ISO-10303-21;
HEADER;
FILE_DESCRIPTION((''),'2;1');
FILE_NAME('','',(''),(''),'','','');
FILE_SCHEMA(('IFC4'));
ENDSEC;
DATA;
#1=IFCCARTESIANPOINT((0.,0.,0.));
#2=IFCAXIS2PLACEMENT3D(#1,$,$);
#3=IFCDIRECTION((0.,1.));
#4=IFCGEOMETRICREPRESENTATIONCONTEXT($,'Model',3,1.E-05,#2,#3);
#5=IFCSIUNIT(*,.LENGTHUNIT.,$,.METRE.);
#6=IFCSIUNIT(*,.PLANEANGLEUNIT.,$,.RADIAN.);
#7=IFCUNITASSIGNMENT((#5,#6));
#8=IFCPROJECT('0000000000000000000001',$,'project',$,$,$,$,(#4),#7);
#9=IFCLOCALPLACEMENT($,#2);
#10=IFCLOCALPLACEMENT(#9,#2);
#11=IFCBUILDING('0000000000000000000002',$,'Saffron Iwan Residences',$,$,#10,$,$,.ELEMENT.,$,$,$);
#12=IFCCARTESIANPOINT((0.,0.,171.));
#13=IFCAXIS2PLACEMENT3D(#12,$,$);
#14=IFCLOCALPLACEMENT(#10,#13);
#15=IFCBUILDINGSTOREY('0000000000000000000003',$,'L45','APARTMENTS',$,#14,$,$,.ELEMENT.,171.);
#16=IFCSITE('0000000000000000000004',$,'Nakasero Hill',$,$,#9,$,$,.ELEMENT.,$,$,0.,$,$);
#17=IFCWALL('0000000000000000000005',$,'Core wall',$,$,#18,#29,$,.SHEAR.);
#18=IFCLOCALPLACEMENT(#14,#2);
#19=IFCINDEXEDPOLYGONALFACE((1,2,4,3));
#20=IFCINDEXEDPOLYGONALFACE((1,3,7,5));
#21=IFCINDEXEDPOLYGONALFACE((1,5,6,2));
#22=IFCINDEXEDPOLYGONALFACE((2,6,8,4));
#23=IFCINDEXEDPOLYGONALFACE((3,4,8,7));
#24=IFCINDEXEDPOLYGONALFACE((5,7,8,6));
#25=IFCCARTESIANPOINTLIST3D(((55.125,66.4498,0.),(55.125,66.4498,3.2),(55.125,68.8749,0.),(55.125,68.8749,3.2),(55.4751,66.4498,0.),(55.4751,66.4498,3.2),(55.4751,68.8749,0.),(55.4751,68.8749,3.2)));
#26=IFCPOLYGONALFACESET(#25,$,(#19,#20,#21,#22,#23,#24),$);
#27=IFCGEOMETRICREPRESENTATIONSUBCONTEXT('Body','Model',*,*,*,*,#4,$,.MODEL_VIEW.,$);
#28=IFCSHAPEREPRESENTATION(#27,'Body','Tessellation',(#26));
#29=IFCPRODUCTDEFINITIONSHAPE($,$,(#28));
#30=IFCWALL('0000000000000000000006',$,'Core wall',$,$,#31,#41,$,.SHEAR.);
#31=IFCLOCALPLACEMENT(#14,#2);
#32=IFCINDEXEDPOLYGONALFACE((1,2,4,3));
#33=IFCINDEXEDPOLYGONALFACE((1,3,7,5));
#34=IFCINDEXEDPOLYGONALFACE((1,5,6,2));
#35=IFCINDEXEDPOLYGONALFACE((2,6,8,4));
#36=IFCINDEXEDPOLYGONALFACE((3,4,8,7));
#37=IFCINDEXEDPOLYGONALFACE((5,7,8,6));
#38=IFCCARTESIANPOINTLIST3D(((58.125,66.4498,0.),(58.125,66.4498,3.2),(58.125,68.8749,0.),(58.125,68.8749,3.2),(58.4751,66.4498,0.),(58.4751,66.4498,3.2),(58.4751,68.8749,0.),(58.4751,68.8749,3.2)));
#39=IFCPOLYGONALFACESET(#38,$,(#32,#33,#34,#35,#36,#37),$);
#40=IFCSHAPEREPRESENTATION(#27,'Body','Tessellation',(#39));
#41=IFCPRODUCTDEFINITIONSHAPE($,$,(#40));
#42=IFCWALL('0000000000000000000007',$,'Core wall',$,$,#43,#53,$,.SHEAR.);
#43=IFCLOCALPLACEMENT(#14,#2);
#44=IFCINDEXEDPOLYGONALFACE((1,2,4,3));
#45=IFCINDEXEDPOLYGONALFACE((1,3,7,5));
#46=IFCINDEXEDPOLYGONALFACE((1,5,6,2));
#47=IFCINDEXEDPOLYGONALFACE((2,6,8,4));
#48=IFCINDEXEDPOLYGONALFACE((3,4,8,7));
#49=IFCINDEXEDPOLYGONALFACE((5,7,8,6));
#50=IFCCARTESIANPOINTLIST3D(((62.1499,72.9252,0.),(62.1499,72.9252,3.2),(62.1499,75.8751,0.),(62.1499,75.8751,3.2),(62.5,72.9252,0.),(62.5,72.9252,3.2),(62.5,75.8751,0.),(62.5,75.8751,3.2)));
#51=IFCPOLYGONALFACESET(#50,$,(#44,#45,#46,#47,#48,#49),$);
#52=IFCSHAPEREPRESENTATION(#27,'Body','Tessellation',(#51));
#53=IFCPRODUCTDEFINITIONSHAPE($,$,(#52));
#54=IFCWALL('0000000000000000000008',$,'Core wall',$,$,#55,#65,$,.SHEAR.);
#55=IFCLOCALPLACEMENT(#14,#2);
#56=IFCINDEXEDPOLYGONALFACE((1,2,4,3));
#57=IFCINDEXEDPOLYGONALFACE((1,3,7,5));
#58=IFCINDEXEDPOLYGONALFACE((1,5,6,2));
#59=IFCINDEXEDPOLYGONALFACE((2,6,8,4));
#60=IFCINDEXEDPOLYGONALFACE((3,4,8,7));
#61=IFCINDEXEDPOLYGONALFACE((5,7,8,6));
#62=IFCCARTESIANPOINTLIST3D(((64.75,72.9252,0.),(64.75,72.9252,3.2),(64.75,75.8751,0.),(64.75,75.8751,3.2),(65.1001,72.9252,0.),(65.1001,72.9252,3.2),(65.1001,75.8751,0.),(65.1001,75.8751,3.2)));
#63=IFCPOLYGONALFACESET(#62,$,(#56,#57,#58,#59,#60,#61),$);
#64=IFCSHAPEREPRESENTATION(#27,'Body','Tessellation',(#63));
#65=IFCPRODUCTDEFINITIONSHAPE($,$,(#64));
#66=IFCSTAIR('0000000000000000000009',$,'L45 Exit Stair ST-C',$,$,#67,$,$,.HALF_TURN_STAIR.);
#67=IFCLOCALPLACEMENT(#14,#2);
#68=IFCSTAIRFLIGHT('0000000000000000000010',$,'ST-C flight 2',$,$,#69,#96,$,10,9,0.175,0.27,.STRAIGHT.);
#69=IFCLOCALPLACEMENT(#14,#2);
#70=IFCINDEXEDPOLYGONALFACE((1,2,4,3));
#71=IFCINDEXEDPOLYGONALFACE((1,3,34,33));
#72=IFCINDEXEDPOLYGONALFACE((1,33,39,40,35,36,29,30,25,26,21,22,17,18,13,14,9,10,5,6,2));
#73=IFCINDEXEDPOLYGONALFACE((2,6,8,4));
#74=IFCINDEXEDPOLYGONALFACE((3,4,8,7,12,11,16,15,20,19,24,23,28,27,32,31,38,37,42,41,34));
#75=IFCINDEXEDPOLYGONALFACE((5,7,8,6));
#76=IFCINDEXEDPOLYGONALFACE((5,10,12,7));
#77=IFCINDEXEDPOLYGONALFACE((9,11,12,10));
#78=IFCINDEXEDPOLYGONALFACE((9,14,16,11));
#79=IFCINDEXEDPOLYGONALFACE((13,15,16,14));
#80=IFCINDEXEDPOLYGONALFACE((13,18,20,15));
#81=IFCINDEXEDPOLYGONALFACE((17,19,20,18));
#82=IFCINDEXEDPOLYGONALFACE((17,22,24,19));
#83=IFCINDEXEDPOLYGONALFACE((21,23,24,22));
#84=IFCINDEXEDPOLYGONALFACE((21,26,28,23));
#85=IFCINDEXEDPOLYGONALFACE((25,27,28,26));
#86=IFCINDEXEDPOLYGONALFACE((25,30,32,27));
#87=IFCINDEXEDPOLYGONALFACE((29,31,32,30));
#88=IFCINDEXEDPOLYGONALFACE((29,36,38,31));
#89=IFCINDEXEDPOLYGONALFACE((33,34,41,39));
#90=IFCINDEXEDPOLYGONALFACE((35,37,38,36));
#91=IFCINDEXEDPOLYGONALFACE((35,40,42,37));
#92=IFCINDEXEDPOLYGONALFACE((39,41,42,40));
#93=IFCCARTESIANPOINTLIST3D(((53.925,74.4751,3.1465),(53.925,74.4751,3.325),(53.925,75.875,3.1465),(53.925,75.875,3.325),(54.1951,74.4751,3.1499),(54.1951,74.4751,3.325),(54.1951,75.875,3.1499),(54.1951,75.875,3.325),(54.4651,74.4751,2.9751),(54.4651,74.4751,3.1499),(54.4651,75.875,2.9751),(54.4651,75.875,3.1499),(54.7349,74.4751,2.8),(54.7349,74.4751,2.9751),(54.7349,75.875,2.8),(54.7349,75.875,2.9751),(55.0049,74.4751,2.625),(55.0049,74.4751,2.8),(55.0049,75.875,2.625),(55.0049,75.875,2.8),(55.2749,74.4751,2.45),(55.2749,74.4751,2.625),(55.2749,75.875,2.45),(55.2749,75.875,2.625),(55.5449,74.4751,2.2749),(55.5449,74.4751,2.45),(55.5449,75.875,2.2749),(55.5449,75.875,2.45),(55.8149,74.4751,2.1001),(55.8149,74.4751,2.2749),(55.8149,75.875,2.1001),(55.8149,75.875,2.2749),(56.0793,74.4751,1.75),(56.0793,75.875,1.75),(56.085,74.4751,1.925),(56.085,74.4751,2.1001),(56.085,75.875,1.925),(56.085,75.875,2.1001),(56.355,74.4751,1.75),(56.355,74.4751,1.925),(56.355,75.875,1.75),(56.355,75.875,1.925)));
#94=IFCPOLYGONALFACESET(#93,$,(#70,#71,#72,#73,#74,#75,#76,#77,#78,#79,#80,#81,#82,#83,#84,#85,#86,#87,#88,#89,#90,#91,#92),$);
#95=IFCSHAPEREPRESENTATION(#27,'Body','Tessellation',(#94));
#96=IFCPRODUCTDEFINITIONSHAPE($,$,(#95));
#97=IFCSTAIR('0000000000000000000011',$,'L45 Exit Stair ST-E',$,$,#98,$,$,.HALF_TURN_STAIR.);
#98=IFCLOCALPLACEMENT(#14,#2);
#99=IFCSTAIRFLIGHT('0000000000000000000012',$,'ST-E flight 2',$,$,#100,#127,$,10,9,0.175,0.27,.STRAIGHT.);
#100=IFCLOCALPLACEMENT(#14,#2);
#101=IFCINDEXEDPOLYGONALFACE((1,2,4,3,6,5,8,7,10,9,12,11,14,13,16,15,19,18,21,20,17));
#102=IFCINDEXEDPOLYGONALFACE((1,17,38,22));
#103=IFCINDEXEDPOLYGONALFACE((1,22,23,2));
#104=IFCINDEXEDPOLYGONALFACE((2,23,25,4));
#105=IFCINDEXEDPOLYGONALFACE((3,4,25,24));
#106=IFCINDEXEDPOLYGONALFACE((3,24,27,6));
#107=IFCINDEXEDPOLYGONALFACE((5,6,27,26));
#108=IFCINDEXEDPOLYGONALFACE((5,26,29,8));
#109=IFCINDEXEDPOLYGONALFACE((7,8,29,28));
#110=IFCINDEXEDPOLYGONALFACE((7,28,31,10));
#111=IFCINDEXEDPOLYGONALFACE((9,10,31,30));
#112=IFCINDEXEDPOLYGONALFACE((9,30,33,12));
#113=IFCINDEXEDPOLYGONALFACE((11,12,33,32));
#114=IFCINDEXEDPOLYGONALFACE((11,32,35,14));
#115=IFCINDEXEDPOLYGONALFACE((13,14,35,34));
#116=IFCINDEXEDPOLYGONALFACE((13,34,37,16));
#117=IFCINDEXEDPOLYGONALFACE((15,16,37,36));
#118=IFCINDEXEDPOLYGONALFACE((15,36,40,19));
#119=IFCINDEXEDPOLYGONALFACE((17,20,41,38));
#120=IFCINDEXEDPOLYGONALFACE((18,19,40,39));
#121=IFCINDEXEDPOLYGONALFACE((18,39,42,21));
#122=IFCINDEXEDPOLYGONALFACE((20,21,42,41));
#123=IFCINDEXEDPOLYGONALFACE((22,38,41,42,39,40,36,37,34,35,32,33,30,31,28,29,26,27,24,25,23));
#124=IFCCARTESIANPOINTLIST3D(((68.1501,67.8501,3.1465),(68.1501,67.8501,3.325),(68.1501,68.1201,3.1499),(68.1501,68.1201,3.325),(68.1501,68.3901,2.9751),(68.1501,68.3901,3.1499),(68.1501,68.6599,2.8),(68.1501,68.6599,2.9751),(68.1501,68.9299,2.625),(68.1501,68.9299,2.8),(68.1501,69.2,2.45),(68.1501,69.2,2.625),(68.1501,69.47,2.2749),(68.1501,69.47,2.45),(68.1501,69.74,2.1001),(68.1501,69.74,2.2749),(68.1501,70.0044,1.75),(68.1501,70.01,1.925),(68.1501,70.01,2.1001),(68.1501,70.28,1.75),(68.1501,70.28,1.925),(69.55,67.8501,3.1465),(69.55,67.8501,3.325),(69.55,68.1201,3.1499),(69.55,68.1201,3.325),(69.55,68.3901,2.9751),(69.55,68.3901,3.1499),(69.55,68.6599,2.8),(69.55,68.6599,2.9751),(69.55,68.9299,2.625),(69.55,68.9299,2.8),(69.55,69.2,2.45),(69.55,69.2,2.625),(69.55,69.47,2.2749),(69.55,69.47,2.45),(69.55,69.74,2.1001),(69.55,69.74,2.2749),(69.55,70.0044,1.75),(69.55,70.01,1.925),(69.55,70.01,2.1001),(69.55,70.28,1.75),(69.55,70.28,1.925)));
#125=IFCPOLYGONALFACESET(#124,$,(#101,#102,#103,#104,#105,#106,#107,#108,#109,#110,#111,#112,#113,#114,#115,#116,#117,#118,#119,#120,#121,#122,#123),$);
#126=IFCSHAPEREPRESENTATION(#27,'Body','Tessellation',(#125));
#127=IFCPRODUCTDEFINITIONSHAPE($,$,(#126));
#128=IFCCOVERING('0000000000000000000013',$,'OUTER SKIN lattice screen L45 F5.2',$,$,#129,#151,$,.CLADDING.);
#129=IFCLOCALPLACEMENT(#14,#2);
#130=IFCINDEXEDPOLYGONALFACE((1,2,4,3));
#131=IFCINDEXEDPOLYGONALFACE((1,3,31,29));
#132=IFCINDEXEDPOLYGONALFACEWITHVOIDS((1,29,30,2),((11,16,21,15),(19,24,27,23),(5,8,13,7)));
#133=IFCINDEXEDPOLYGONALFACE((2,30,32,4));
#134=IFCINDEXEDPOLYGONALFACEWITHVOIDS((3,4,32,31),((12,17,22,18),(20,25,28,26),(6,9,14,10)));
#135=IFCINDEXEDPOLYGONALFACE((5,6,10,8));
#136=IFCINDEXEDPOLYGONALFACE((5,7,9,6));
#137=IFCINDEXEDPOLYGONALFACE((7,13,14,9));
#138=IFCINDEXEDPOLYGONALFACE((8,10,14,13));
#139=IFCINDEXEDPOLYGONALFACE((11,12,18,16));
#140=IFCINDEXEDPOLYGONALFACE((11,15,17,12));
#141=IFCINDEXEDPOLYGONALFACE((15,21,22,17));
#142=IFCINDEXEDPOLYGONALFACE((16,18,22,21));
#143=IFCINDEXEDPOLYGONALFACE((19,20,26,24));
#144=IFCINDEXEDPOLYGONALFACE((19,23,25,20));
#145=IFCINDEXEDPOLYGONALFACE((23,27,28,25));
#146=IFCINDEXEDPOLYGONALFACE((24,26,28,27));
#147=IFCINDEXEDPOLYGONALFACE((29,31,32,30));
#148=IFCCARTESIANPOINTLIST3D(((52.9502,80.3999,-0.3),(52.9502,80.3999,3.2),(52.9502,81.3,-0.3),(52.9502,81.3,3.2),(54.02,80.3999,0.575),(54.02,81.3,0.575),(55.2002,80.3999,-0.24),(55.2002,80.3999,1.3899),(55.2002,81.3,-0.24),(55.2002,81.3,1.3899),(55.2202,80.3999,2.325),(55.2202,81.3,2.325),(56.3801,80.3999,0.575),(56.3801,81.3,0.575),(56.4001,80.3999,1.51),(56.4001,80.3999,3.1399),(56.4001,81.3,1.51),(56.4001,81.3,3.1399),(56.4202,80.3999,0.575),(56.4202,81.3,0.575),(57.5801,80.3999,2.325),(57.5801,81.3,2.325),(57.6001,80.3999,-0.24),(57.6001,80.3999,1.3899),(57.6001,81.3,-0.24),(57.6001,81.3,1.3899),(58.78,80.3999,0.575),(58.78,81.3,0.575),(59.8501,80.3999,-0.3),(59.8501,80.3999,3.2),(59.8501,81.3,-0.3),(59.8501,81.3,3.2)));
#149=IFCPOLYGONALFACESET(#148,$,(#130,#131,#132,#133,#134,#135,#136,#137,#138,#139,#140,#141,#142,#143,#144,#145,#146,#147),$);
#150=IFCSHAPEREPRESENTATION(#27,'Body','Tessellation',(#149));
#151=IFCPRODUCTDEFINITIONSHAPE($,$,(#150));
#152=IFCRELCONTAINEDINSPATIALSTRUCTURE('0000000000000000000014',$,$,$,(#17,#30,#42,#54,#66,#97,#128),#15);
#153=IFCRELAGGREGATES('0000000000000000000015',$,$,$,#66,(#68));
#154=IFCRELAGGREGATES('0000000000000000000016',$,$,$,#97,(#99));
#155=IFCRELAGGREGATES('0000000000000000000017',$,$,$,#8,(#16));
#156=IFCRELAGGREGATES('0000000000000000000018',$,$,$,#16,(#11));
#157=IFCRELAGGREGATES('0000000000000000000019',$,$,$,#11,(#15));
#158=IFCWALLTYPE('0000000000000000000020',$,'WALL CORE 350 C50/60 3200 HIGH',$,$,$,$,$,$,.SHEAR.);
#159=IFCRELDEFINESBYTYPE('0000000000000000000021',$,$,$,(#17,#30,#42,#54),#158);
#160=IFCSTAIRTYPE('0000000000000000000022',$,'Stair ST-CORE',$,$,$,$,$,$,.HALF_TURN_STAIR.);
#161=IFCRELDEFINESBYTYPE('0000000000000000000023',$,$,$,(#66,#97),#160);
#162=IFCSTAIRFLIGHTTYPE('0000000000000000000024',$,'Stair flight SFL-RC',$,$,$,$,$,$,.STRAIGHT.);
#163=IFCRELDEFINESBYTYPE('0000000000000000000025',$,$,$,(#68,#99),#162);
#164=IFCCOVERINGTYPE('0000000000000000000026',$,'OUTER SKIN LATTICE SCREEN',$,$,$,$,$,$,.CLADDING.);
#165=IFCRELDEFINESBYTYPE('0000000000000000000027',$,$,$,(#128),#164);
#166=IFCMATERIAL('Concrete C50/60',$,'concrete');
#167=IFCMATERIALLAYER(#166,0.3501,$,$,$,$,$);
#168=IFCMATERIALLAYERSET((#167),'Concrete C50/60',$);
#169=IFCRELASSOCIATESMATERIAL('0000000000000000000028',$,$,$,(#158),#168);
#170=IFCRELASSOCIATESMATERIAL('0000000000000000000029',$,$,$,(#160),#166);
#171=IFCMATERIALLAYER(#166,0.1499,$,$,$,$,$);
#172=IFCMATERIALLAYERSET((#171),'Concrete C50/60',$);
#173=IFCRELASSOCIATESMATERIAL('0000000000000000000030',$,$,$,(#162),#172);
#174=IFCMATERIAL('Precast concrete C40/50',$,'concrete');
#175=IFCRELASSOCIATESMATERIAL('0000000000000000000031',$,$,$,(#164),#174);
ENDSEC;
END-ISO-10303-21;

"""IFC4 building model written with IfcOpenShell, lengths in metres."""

from ifc_helpers import new_model, si_unit, direction, frame, frame_2d, origin, place, context, subcontext, project, spatial, polyline, rectangle, outline, extrude, material, layer, layer_set, type_object, element, aggregate, save


model = new_model("IFC4")

# Units and contexts
model_context = context("Model", 3, precision=1e-05, world=origin(), true_north=direction((0.0, 1.0)))
body_context = subcontext(model_context, "Body", "Model", "MODEL_VIEW")
ifc_project = project(units=[si_unit("LENGTHUNIT", "METRE"), si_unit("PLANEANGLEUNIT", "RADIAN")], contexts=[model_context])

# Site, building, storey
site_placement = place(None, origin())
site = spatial("IfcSite", under=ifc_project, at=site_placement, Name="Nakasero Hill", CompositionType="ELEMENT", RefElevation=0.0)
building_placement = place(site_placement, origin())
building = spatial("IfcBuilding", under=site, at=building_placement, Name="Saffron Iwan Residences", CompositionType="ELEMENT")
storey_placement = place(building_placement, frame((0.0, 0.0, 171.0)))
storey = spatial("IfcBuildingStorey", under=building, at=storey_placement, Name="L45", Description="APARTMENTS", CompositionType="ELEMENT", Elevation=171.0)

# Shared definitions
ifc_material_1 = material(Name="Concrete C50/60", Category="concrete")

# Shared definitions
ifc_layer_1 = layer(ifc_material_1, 0.3501)
ifc_layer_set_1 = layer_set([ifc_layer_1], Name="Concrete C50/60")
wall_type_1 = type_object("IfcWallType", Name="WALL CORE 350 C50/60 3200 HIGH", PredefinedType="SHEAR", material=ifc_layer_set_1)

# Walls
for number, where, z_axis, x_axis, name in (
    (1, (55.3, 66.45, 0.0), (0.0, 0.0, 1.0), (0.0, 1.0, 0.0), "Core wall"),
    (2, (58.3, 66.45, 0.0), (0.0, 0.0, 1.0), (0.0, 1.0, 0.0), "Core wall"),
):
    element("IfcWall", number, at=place(storey_placement, frame(where, z_axis=z_axis, x_axis=x_axis)), inside=storey, type_object=wall_type_1, Name=name, PredefinedType="SHEAR", context=body_context, shape_type="SweptSolid", body=[
        extrude(rectangle(XDim=2.425, YDim=0.3501, at=frame_2d((1.2124, 0.0))), origin(), (0.0, 0.0, 1.0), 3.2),
    ])
for number, where, z_axis, x_axis, name in (
    (3, (62.325, 72.925, 0.0), (0.0, 0.0, 1.0), (0.0, 1.0, 0.0), "Core wall"),
    (4, (64.925, 72.925, 0.0), (0.0, 0.0, 1.0), (0.0, 1.0, 0.0), "Core wall"),
):
    element("IfcWall", number, at=place(storey_placement, frame(where, z_axis=z_axis, x_axis=x_axis)), inside=storey, type_object=wall_type_1, Name=name, PredefinedType="SHEAR", context=body_context, shape_type="SweptSolid", body=[
        extrude(rectangle(XDim=2.95, YDim=0.3501, at=frame_2d((1.4751, 0.0))), origin(), (0.0, 0.0, 1.0), 3.2),
    ])

# Stairs, stair flights
stair_type = type_object("IfcStairType", Name="Stair ST-CORE", PredefinedType="HALF_TURN_STAIR", material=ifc_material_1)
stair_1_placement = place(storey_placement, origin())
stair_1 = element("IfcStair", 5, at=stair_1_placement, inside=storey, type_object=stair_type, Name="L45 Exit Stair ST-C", PredefinedType="HALF_TURN_STAIR")
ifc_layer_2 = layer(ifc_material_1, 0.1499)
ifc_layer_set_2 = layer_set([ifc_layer_2], Name="Concrete C50/60")
stair_flight_type = type_object("IfcStairFlightType", Name="Stair flight SFL-RC", PredefinedType="STRAIGHT", material=ifc_layer_set_2)
stair_flight_1_placement = place(storey_placement, frame((56.355, 75.175, 1.75), z_axis=(0.0, 0.0, 1.0), x_axis=(-1.0, 0.0, 0.0)))
stair_flight_1 = element("IfcStairFlight", 6, at=stair_flight_1_placement, type_object=stair_flight_type, Name="ST-C flight 2", NumberOfRisers=10, NumberOfTreads=9, PredefinedType="STRAIGHT", RiserHeight=0.175, TreadLength=0.27, context=body_context, shape_type="SweptSolid", body=[
    extrude(outline(polyline([(0.0, 0.0), (0.0, 0.175), (0.27, 0.175), (0.27, 0.3501), (0.54, 0.3501), (0.54, 0.5249), (0.8101, 0.5249), (0.8101, 0.7), (1.0801, 0.7), (1.0801, 0.875), (1.3501, 0.875), (1.3501, 1.05), (1.6201, 1.05), (1.6201, 1.2251), (1.8899, 1.2251), (1.8899, 1.3999), (2.1599, 1.3999), (2.1599, 1.575), (2.4299, 1.575), (2.4299, 1.75), (2.4299, 1.3965), (0.2756, 0.0), (0.0, 0.0)])), frame((0.0, 0.7, 0.0), z_axis=(0.0, -1.0, 0.0), x_axis=(1.0, 0.0, 0.0)), (0.0, 0.0, 1.0), 1.3999),
])
aggregate(stair_1, [stair_flight_1])
stair_2_placement = place(storey_placement, origin())
stair_2 = element("IfcStair", 7, at=stair_2_placement, inside=storey, type_object=stair_type, Name="L45 Exit Stair ST-E", PredefinedType="HALF_TURN_STAIR")
stair_flight_2_placement = place(storey_placement, frame((68.8501, 70.28, 1.75), z_axis=(0.0, 0.0, 1.0), x_axis=(0.0, -1.0, 0.0)))
stair_flight_2 = element("IfcStairFlight", 8, at=stair_flight_2_placement, type_object=stair_flight_type, Name="ST-E flight 2", NumberOfRisers=10, NumberOfTreads=9, PredefinedType="STRAIGHT", RiserHeight=0.175, TreadLength=0.27, context=body_context, shape_type="SweptSolid", body=[
    extrude(outline(polyline([(0.0, 0.0), (0.0, 0.175), (0.27, 0.175), (0.27, 0.3501), (0.54, 0.3501), (0.54, 0.5249), (0.8101, 0.5249), (0.8101, 0.7), (1.0801, 0.7), (1.0801, 0.875), (1.3501, 0.875), (1.3501, 1.05), (1.6201, 1.05), (1.6201, 1.2251), (1.8899, 1.2251), (1.8899, 1.3999), (2.1599, 1.3999), (2.1599, 1.575), (2.4299, 1.575), (2.4299, 1.75), (2.4299, 1.3965), (0.2756, 0.0), (0.0, 0.0)])), frame((0.0, 0.7, 0.0), z_axis=(0.0, -1.0, 0.0), x_axis=(1.0, 0.0, 0.0)), (0.0, 0.0, 1.0), 1.3999),
])
aggregate(stair_2, [stair_flight_2])

# Covering
ifc_material_2 = material(Name="Precast concrete C40/50", Category="concrete")
covering_type_1 = type_object("IfcCoveringType", Name="OUTER SKIN LATTICE SCREEN", PredefinedType="CLADDING", material=ifc_material_2)
covering_placement = place(storey_placement, frame((59.8501, 80.3999, -0.3), z_axis=(0.0, 1.0, 0.0), x_axis=(-1.0, 0.0, 0.0)))
element("IfcCovering", 9, at=covering_placement, inside=storey, type_object=covering_type_1, Name="OUTER SKIN lattice screen L45 F5.2", PredefinedType="CLADDING", context=body_context, shape_type="SweptSolid", body=[
    extrude(outline(polyline([(0.0, 0.0), (6.8999, 0.0), (6.8999, 3.5), (0.0, 3.5), (0.0, 0.0)]), holes=[polyline([(1.0701, 0.875), (2.25, 0.0601), (3.4299, 0.875), (2.25, 1.6899), (1.0701, 0.875)]), polyline([(3.47, 0.875), (4.6499, 0.0601), (5.8301, 0.875), (4.6499, 1.6899), (3.47, 0.875)]), polyline([(2.27, 2.625), (3.45, 1.8101), (4.6299, 2.625), (3.45, 3.4399), (2.27, 2.625)])]), origin(), (0.0, 0.0, 1.0), 0.9001),
])

save(model, "model.ifc")
